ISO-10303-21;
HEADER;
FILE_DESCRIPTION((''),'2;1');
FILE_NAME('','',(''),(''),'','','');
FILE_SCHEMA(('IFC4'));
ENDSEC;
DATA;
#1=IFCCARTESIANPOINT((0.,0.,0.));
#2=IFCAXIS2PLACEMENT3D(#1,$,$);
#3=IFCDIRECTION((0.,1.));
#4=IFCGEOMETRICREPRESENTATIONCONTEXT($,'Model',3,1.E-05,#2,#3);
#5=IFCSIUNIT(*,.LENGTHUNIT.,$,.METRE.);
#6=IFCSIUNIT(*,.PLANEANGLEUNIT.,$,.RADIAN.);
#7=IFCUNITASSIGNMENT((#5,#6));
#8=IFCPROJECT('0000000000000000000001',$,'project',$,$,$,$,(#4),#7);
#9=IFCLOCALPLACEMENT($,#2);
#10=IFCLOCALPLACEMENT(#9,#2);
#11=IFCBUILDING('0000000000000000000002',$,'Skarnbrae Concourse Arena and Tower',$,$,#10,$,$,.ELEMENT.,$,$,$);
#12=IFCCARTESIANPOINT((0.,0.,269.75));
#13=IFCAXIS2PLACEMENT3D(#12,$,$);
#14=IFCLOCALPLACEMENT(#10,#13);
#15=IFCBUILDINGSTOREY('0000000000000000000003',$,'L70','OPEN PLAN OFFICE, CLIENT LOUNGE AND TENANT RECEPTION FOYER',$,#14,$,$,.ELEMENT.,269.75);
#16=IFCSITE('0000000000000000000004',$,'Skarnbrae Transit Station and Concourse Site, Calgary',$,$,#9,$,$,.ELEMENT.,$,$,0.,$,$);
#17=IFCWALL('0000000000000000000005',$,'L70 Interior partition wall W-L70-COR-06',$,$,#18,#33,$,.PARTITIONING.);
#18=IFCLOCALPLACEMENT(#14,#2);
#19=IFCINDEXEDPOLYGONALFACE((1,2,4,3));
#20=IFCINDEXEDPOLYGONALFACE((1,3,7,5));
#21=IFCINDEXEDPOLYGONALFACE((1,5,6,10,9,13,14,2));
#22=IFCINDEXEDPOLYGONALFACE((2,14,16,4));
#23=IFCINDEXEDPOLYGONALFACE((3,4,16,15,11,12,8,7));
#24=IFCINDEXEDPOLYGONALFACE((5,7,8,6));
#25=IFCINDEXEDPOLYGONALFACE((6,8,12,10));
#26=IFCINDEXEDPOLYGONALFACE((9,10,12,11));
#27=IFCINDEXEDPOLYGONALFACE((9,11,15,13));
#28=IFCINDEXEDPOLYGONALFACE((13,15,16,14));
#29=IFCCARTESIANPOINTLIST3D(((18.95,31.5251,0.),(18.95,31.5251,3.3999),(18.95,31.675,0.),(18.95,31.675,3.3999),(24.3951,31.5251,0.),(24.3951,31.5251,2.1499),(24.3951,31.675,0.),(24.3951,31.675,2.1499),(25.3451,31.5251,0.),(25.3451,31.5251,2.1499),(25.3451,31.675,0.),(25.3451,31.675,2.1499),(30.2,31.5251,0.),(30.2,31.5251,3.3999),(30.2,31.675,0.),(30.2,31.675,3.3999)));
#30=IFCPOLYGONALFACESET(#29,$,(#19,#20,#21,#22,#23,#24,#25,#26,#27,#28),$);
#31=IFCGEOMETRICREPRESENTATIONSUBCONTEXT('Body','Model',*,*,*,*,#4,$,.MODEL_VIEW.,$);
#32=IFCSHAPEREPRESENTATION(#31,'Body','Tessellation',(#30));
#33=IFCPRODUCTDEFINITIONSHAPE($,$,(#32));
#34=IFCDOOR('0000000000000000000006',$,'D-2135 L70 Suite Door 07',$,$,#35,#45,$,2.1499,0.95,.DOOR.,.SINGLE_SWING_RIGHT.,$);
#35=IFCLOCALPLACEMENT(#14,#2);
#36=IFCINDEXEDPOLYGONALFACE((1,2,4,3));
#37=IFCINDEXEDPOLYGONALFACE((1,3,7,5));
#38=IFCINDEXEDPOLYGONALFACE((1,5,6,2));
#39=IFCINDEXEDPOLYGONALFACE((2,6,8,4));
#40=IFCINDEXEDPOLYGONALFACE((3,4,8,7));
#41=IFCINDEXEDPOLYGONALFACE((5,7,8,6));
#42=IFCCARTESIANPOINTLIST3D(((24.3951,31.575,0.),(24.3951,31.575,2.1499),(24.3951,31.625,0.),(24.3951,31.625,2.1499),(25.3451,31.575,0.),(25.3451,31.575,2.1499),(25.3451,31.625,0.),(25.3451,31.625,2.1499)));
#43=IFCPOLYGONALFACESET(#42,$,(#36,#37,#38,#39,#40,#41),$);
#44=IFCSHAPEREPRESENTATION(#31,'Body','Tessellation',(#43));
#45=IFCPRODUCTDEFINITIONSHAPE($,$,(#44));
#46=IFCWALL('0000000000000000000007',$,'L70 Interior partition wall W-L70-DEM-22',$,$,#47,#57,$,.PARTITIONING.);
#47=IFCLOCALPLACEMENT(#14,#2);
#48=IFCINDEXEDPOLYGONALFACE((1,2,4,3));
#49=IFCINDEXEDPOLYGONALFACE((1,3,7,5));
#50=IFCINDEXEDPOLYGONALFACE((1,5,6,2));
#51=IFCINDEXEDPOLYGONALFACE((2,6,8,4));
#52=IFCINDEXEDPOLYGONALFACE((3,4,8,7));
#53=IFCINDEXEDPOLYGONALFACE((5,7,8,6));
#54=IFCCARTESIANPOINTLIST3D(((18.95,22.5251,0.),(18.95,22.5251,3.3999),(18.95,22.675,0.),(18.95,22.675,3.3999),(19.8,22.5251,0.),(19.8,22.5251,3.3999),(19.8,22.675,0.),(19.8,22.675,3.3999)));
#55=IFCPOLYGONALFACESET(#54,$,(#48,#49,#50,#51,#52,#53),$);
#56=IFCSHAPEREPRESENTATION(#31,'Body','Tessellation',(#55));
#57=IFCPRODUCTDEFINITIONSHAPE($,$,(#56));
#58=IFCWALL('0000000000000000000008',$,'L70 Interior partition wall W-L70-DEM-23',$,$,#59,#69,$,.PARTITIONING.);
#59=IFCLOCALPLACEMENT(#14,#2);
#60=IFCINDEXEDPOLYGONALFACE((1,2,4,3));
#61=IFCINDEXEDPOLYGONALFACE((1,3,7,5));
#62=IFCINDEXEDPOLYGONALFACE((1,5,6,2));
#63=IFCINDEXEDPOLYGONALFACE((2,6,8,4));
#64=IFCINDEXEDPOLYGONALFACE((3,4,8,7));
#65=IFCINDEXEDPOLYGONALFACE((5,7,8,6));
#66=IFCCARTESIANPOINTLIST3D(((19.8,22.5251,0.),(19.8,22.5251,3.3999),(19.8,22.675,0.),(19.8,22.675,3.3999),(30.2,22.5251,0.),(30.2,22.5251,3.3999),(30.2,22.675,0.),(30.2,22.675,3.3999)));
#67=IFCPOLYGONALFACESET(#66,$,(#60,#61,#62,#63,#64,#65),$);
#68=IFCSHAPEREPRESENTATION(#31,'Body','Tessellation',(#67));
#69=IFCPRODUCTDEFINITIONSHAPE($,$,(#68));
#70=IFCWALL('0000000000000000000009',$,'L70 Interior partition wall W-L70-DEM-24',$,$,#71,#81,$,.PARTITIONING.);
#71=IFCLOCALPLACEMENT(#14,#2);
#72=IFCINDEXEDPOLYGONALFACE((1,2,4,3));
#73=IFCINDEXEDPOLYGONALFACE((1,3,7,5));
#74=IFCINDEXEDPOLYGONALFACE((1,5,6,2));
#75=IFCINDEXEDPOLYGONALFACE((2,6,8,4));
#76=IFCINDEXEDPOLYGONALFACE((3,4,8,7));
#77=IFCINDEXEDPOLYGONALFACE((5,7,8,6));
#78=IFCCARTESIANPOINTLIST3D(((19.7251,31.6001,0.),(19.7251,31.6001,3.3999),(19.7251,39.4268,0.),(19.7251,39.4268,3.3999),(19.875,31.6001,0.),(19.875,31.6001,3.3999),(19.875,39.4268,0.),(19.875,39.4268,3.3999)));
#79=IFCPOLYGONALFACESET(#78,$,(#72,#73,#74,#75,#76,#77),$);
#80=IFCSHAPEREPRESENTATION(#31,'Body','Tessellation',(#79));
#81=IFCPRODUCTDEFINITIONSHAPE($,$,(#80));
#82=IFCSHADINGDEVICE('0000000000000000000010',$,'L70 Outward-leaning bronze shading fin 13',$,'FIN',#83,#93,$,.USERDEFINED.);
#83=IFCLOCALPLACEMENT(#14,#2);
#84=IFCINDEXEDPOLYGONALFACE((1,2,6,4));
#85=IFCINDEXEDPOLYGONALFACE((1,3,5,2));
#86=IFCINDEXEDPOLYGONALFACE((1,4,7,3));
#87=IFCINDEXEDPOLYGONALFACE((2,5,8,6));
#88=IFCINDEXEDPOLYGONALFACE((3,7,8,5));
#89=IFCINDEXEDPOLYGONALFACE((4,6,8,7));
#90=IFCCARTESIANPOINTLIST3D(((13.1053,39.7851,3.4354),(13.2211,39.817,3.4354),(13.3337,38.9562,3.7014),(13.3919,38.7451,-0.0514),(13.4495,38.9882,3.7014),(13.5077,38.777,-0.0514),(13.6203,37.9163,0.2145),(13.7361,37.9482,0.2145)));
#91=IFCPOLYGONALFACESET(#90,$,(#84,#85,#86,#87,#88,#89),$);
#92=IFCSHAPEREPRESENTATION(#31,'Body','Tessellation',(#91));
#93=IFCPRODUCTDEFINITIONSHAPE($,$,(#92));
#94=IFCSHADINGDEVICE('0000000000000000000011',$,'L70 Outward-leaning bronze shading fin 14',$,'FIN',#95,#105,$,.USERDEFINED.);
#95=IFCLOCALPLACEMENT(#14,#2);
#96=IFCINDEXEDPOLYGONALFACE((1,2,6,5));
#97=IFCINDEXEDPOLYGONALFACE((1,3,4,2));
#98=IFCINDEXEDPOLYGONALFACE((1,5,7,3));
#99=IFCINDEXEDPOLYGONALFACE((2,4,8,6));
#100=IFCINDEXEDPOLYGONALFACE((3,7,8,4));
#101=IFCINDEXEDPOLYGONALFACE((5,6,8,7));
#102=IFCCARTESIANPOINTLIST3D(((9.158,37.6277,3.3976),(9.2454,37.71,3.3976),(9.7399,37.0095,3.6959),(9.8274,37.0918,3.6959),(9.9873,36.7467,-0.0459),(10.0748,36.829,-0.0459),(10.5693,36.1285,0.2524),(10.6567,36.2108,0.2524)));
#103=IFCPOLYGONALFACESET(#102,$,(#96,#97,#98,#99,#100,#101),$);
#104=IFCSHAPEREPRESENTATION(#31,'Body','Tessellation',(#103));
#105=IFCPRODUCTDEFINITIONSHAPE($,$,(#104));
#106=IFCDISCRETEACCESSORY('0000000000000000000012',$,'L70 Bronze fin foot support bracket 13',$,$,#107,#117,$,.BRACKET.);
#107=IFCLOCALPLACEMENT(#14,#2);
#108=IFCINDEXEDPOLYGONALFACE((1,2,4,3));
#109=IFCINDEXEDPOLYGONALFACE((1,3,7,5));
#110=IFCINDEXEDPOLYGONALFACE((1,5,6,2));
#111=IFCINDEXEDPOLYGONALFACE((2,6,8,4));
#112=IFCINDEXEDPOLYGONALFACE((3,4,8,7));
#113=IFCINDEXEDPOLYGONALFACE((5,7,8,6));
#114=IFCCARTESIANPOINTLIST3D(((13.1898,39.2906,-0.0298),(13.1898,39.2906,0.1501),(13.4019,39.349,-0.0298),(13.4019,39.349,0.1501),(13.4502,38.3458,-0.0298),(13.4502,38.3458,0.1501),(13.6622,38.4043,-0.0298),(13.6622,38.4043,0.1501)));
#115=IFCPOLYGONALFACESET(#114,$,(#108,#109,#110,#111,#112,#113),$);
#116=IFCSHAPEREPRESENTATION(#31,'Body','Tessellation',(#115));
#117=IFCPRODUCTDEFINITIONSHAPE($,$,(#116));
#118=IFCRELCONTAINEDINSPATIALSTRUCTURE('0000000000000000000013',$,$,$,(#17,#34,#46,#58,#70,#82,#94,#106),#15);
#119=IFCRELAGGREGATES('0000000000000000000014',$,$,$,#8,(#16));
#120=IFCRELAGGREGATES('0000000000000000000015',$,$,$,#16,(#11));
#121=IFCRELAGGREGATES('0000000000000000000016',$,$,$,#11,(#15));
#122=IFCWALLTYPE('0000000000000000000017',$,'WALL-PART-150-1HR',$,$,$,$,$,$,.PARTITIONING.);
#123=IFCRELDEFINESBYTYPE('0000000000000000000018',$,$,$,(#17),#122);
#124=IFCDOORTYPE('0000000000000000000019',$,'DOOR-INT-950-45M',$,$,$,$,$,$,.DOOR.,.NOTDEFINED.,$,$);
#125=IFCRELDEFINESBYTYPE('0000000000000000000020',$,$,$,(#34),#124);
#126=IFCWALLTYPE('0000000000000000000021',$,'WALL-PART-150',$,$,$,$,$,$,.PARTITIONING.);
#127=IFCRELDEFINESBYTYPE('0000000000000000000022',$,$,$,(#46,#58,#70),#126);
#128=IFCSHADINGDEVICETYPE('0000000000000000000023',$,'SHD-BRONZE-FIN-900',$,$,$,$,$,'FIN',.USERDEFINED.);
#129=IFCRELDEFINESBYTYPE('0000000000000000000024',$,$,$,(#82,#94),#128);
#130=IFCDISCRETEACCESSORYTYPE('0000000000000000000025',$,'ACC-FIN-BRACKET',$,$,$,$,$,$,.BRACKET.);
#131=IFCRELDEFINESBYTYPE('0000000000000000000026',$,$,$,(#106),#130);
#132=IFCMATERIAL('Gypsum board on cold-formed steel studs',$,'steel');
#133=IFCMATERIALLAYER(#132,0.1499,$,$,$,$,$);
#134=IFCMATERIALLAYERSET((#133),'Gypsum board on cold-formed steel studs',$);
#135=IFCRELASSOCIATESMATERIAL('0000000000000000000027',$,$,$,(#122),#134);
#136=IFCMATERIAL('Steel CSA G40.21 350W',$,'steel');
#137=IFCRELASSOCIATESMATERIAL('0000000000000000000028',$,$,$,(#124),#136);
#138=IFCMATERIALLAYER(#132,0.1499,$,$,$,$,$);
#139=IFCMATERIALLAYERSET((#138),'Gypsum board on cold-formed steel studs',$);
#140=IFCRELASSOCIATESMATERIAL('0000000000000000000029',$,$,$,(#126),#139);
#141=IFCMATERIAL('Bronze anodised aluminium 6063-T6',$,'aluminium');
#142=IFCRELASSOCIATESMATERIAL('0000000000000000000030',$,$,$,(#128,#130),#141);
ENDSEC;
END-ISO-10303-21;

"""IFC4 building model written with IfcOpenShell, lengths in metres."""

from ifc_helpers import new_model, si_unit, direction, frame, frame_2d, origin, origin_2d, place, context, subcontext, project, spatial, rectangle, extrude, source, transform, mapped, material, layer, layer_set, type_object, element, fill, save


model = new_model("IFC4")

# Units and contexts
model_context = context("Model", 3, precision=1e-05, world=origin(), true_north=direction((0.0, 1.0)))
body_context = subcontext(model_context, "Body", "Model", "MODEL_VIEW")
ifc_project = project(units=[si_unit("LENGTHUNIT", "METRE"), si_unit("PLANEANGLEUNIT", "RADIAN")], contexts=[model_context])

# Site, building, storey
site_placement = place(None, origin())
site = spatial("IfcSite", under=ifc_project, at=site_placement, Name="Skarnbrae Transit Station and Concourse Site, Calgary", CompositionType="ELEMENT", RefElevation=0.0)
building_placement = place(site_placement, origin())
building = spatial("IfcBuilding", under=site, at=building_placement, Name="Skarnbrae Concourse Arena and Tower", CompositionType="ELEMENT")
storey_placement = place(building_placement, frame((0.0, 0.0, 269.75)))
storey = spatial("IfcBuildingStorey", under=building, at=storey_placement, Name="L70", Description="OPEN PLAN OFFICE, CLIENT LOUNGE AND TENANT RECEPTION FOYER", CompositionType="ELEMENT", Elevation=269.75)

# Shared definitions
ifc_material_1 = material(Name="Steel CSA G40.21 350W", Category="steel")

# Shared definitions
ifc_material_2 = material(Name="Bronze anodised aluminium 6063-T6", Category="aluminium")

# Shared definitions
ifc_material_3 = material(Name="Gypsum board on cold-formed steel studs", Category="steel")
ifc_layer_1 = layer(ifc_material_3, 0.1499)
ifc_layer_set_1 = layer_set([ifc_layer_1], Name="Gypsum board on cold-formed steel studs")
wall_type_1 = type_object("IfcWallType", Name="WALL-PART-150-1HR", PredefinedType="PARTITIONING", material=ifc_layer_set_1)

# Wall, opening, door
door_type = type_object("IfcDoorType", Name="DOOR-INT-950-45M", OperationType="NOTDEFINED", PredefinedType="DOOR", material=ifc_material_1)
shared_shape_1 = source(origin(), body_context, "Body", "SweptSolid", [
    extrude(rectangle(XDim=0.95, YDim=2.1499, at=frame_2d((0.4751, 1.075))), frame((0.0, 0.0249, 0.0), z_axis=(0.0, -1.0, 0.0), x_axis=(1.0, 0.0, 0.0)), (0.0, 0.0, 1.0), 0.05),
])
shared_shape_2 = source(origin(), body_context, "Body", "SweptSolid", [
    extrude(rectangle(XDim=11.25, YDim=0.1499, at=frame_2d((5.625, 0.0))), origin(), (0.0, 0.0, 1.0), 3.3999),
])
wall_1_placement = place(storey_placement, frame((18.95, 31.6001, 0.0), z_axis=(0.0, 0.0, 1.0), x_axis=(1.0, 0.0, 0.0)))
wall_1 = element("IfcWall", 1, at=wall_1_placement, inside=storey, type_object=wall_type_1, Name="L70 Interior partition wall W-L70-COR-06", PredefinedType="PARTITIONING", context=body_context, shape_type="MappedRepresentation", body=[
    mapped(shared_shape_2, transform((0.0, 0.0, 0.0))),
])
opening_1_placement = place(wall_1_placement, frame((5.4451, 0.0, 0.0)))
opening_1 = element("IfcOpeningElement", 2, at=opening_1_placement, cuts=wall_1, PredefinedType="OPENING", context=body_context, shape_type="SweptSolid", body=[
    extrude(rectangle(XDim=0.95, YDim=2.1499, at=frame_2d((0.4751, 1.075))), frame((0.0, 0.085, 0.0), z_axis=(0.0, -1.0, 0.0), x_axis=(1.0, 0.0, 0.0)), (0.0, 0.0, 1.0), 0.1699),
])
door_1_placement = place(opening_1_placement, origin())
door_1 = element("IfcDoor", 3, at=door_1_placement, inside=storey, type_object=door_type, Name="D-2135 L70 Suite Door 07", OperationType="SINGLE_SWING_RIGHT", OverallHeight=2.1499, OverallWidth=0.95, PredefinedType="DOOR", context=body_context, shape_type="MappedRepresentation", body=[
    mapped(shared_shape_1, transform((0.0, 0.0, 0.0))),
])
fill(opening_1, door_1)

# Walls
ifc_layer_2 = layer(ifc_material_3, 0.1499)
ifc_layer_set_2 = layer_set([ifc_layer_2], Name="Gypsum board on cold-formed steel studs")
wall_type_2 = type_object("IfcWallType", Name="WALL-PART-150", PredefinedType="PARTITIONING", material=ifc_layer_set_2)
shared_shape_3 = source(origin(), body_context, "Body", "SweptSolid", [
    extrude(rectangle(XDim=0.8501, YDim=0.1499, at=frame_2d((0.425, 0.0))), origin(), (0.0, 0.0, 1.0), 3.3999),
])
wall_2_placement = place(storey_placement, frame((18.95, 22.6001, 0.0), z_axis=(0.0, 0.0, 1.0), x_axis=(1.0, 0.0, 0.0)))
element("IfcWall", 4, at=wall_2_placement, inside=storey, type_object=wall_type_2, Name="L70 Interior partition wall W-L70-DEM-22", PredefinedType="PARTITIONING", context=body_context, shape_type="MappedRepresentation", body=[
    mapped(shared_shape_3, transform((0.0, 0.0, 0.0))),
])
shared_shape_4 = source(origin(), body_context, "Body", "SweptSolid", [
    extrude(rectangle(XDim=10.3999, YDim=0.1499, at=frame_2d((5.2, 0.0))), origin(), (0.0, 0.0, 1.0), 3.3999),
])
wall_3_placement = place(storey_placement, frame((19.8, 22.6001, 0.0), z_axis=(0.0, 0.0, 1.0), x_axis=(1.0, 0.0, 0.0)))
element("IfcWall", 5, at=wall_3_placement, inside=storey, type_object=wall_type_2, Name="L70 Interior partition wall W-L70-DEM-23", PredefinedType="PARTITIONING", context=body_context, shape_type="MappedRepresentation", body=[
    mapped(shared_shape_4, transform((0.0, 0.0, 0.0))),
])
shared_shape_5 = source(origin(), body_context, "Body", "SweptSolid", [
    extrude(rectangle(XDim=7.8267, YDim=0.1499, at=frame_2d((3.9133, 0.0))), origin(), (0.0, 0.0, 1.0), 3.3999),
])
wall_4_placement = place(storey_placement, frame((19.8, 39.4268, 0.0), z_axis=(0.0, 0.0, 1.0), x_axis=(0.0, -1.0, 0.0)))
element("IfcWall", 6, at=wall_4_placement, inside=storey, type_object=wall_type_2, Name="L70 Interior partition wall W-L70-DEM-24", PredefinedType="PARTITIONING", context=body_context, shape_type="MappedRepresentation", body=[
    mapped(shared_shape_5, transform((0.0, 0.0, 0.0))),
])

# Shading devices
shading_device_type = type_object("IfcShadingDeviceType", Name="SHD-BRONZE-FIN-900", ElementType="FIN", PredefinedType="USERDEFINED", material=ifc_material_2)
shared_shape_6 = source(origin(), body_context, "Body", "SweptSolid", [
    extrude(rectangle(XDim=0.1201, YDim=0.8999, at=origin_2d()), origin(), (0.0, 0.0, 1.0), 3.6499),
])
for number, where, z_axis, x_axis, name in (
    (7, (13.564, 38.3467, 0.0815), (-0.078523, 0.284919, 0.95533), (0.964058, 0.265691, 0.0), "L70 Outward-leaning bronze shading fin 13"),
    (8, (10.322, 36.4788, 0.1033), (-0.227224, 0.241378, 0.943454), (0.728132, 0.685437, 0.0), "L70 Outward-leaning bronze shading fin 14"),
):
    element("IfcShadingDevice", number, at=place(storey_placement, frame(where, z_axis=z_axis, x_axis=x_axis)), inside=storey, type_object=shading_device_type, Name=name, ObjectType="FIN", PredefinedType="USERDEFINED", context=body_context, shape_type="MappedRepresentation", body=[
        mapped(shared_shape_6, transform((0.0, 0.0, 0.0))),
    ])

# Discrete accessory
discrete_accessory_type = type_object("IfcDiscreteAccessoryType", Name="ACC-FIN-BRACKET", PredefinedType="BRACKET", material=ifc_material_2)
shared_shape_7 = source(origin(), body_context, "Body", "SweptSolid", [
    extrude(rectangle(XDim=0.22, YDim=0.98, at=origin_2d()), origin(), (0.0, 0.0, 1.0), 0.1799),
])
discrete_accessory_placement = place(storey_placement, frame((13.426, 38.8474, -0.0298), z_axis=(0.0, 0.0, 1.0), x_axis=(0.964058, 0.265691, 0.0)))
element("IfcDiscreteAccessory", 9, at=discrete_accessory_placement, inside=storey, type_object=discrete_accessory_type, Name="L70 Bronze fin foot support bracket 13", PredefinedType="BRACKET", context=body_context, shape_type="MappedRepresentation", body=[
    mapped(shared_shape_7, transform((0.0, 0.0, 0.0))),
])

save(model, "model.ifc")
